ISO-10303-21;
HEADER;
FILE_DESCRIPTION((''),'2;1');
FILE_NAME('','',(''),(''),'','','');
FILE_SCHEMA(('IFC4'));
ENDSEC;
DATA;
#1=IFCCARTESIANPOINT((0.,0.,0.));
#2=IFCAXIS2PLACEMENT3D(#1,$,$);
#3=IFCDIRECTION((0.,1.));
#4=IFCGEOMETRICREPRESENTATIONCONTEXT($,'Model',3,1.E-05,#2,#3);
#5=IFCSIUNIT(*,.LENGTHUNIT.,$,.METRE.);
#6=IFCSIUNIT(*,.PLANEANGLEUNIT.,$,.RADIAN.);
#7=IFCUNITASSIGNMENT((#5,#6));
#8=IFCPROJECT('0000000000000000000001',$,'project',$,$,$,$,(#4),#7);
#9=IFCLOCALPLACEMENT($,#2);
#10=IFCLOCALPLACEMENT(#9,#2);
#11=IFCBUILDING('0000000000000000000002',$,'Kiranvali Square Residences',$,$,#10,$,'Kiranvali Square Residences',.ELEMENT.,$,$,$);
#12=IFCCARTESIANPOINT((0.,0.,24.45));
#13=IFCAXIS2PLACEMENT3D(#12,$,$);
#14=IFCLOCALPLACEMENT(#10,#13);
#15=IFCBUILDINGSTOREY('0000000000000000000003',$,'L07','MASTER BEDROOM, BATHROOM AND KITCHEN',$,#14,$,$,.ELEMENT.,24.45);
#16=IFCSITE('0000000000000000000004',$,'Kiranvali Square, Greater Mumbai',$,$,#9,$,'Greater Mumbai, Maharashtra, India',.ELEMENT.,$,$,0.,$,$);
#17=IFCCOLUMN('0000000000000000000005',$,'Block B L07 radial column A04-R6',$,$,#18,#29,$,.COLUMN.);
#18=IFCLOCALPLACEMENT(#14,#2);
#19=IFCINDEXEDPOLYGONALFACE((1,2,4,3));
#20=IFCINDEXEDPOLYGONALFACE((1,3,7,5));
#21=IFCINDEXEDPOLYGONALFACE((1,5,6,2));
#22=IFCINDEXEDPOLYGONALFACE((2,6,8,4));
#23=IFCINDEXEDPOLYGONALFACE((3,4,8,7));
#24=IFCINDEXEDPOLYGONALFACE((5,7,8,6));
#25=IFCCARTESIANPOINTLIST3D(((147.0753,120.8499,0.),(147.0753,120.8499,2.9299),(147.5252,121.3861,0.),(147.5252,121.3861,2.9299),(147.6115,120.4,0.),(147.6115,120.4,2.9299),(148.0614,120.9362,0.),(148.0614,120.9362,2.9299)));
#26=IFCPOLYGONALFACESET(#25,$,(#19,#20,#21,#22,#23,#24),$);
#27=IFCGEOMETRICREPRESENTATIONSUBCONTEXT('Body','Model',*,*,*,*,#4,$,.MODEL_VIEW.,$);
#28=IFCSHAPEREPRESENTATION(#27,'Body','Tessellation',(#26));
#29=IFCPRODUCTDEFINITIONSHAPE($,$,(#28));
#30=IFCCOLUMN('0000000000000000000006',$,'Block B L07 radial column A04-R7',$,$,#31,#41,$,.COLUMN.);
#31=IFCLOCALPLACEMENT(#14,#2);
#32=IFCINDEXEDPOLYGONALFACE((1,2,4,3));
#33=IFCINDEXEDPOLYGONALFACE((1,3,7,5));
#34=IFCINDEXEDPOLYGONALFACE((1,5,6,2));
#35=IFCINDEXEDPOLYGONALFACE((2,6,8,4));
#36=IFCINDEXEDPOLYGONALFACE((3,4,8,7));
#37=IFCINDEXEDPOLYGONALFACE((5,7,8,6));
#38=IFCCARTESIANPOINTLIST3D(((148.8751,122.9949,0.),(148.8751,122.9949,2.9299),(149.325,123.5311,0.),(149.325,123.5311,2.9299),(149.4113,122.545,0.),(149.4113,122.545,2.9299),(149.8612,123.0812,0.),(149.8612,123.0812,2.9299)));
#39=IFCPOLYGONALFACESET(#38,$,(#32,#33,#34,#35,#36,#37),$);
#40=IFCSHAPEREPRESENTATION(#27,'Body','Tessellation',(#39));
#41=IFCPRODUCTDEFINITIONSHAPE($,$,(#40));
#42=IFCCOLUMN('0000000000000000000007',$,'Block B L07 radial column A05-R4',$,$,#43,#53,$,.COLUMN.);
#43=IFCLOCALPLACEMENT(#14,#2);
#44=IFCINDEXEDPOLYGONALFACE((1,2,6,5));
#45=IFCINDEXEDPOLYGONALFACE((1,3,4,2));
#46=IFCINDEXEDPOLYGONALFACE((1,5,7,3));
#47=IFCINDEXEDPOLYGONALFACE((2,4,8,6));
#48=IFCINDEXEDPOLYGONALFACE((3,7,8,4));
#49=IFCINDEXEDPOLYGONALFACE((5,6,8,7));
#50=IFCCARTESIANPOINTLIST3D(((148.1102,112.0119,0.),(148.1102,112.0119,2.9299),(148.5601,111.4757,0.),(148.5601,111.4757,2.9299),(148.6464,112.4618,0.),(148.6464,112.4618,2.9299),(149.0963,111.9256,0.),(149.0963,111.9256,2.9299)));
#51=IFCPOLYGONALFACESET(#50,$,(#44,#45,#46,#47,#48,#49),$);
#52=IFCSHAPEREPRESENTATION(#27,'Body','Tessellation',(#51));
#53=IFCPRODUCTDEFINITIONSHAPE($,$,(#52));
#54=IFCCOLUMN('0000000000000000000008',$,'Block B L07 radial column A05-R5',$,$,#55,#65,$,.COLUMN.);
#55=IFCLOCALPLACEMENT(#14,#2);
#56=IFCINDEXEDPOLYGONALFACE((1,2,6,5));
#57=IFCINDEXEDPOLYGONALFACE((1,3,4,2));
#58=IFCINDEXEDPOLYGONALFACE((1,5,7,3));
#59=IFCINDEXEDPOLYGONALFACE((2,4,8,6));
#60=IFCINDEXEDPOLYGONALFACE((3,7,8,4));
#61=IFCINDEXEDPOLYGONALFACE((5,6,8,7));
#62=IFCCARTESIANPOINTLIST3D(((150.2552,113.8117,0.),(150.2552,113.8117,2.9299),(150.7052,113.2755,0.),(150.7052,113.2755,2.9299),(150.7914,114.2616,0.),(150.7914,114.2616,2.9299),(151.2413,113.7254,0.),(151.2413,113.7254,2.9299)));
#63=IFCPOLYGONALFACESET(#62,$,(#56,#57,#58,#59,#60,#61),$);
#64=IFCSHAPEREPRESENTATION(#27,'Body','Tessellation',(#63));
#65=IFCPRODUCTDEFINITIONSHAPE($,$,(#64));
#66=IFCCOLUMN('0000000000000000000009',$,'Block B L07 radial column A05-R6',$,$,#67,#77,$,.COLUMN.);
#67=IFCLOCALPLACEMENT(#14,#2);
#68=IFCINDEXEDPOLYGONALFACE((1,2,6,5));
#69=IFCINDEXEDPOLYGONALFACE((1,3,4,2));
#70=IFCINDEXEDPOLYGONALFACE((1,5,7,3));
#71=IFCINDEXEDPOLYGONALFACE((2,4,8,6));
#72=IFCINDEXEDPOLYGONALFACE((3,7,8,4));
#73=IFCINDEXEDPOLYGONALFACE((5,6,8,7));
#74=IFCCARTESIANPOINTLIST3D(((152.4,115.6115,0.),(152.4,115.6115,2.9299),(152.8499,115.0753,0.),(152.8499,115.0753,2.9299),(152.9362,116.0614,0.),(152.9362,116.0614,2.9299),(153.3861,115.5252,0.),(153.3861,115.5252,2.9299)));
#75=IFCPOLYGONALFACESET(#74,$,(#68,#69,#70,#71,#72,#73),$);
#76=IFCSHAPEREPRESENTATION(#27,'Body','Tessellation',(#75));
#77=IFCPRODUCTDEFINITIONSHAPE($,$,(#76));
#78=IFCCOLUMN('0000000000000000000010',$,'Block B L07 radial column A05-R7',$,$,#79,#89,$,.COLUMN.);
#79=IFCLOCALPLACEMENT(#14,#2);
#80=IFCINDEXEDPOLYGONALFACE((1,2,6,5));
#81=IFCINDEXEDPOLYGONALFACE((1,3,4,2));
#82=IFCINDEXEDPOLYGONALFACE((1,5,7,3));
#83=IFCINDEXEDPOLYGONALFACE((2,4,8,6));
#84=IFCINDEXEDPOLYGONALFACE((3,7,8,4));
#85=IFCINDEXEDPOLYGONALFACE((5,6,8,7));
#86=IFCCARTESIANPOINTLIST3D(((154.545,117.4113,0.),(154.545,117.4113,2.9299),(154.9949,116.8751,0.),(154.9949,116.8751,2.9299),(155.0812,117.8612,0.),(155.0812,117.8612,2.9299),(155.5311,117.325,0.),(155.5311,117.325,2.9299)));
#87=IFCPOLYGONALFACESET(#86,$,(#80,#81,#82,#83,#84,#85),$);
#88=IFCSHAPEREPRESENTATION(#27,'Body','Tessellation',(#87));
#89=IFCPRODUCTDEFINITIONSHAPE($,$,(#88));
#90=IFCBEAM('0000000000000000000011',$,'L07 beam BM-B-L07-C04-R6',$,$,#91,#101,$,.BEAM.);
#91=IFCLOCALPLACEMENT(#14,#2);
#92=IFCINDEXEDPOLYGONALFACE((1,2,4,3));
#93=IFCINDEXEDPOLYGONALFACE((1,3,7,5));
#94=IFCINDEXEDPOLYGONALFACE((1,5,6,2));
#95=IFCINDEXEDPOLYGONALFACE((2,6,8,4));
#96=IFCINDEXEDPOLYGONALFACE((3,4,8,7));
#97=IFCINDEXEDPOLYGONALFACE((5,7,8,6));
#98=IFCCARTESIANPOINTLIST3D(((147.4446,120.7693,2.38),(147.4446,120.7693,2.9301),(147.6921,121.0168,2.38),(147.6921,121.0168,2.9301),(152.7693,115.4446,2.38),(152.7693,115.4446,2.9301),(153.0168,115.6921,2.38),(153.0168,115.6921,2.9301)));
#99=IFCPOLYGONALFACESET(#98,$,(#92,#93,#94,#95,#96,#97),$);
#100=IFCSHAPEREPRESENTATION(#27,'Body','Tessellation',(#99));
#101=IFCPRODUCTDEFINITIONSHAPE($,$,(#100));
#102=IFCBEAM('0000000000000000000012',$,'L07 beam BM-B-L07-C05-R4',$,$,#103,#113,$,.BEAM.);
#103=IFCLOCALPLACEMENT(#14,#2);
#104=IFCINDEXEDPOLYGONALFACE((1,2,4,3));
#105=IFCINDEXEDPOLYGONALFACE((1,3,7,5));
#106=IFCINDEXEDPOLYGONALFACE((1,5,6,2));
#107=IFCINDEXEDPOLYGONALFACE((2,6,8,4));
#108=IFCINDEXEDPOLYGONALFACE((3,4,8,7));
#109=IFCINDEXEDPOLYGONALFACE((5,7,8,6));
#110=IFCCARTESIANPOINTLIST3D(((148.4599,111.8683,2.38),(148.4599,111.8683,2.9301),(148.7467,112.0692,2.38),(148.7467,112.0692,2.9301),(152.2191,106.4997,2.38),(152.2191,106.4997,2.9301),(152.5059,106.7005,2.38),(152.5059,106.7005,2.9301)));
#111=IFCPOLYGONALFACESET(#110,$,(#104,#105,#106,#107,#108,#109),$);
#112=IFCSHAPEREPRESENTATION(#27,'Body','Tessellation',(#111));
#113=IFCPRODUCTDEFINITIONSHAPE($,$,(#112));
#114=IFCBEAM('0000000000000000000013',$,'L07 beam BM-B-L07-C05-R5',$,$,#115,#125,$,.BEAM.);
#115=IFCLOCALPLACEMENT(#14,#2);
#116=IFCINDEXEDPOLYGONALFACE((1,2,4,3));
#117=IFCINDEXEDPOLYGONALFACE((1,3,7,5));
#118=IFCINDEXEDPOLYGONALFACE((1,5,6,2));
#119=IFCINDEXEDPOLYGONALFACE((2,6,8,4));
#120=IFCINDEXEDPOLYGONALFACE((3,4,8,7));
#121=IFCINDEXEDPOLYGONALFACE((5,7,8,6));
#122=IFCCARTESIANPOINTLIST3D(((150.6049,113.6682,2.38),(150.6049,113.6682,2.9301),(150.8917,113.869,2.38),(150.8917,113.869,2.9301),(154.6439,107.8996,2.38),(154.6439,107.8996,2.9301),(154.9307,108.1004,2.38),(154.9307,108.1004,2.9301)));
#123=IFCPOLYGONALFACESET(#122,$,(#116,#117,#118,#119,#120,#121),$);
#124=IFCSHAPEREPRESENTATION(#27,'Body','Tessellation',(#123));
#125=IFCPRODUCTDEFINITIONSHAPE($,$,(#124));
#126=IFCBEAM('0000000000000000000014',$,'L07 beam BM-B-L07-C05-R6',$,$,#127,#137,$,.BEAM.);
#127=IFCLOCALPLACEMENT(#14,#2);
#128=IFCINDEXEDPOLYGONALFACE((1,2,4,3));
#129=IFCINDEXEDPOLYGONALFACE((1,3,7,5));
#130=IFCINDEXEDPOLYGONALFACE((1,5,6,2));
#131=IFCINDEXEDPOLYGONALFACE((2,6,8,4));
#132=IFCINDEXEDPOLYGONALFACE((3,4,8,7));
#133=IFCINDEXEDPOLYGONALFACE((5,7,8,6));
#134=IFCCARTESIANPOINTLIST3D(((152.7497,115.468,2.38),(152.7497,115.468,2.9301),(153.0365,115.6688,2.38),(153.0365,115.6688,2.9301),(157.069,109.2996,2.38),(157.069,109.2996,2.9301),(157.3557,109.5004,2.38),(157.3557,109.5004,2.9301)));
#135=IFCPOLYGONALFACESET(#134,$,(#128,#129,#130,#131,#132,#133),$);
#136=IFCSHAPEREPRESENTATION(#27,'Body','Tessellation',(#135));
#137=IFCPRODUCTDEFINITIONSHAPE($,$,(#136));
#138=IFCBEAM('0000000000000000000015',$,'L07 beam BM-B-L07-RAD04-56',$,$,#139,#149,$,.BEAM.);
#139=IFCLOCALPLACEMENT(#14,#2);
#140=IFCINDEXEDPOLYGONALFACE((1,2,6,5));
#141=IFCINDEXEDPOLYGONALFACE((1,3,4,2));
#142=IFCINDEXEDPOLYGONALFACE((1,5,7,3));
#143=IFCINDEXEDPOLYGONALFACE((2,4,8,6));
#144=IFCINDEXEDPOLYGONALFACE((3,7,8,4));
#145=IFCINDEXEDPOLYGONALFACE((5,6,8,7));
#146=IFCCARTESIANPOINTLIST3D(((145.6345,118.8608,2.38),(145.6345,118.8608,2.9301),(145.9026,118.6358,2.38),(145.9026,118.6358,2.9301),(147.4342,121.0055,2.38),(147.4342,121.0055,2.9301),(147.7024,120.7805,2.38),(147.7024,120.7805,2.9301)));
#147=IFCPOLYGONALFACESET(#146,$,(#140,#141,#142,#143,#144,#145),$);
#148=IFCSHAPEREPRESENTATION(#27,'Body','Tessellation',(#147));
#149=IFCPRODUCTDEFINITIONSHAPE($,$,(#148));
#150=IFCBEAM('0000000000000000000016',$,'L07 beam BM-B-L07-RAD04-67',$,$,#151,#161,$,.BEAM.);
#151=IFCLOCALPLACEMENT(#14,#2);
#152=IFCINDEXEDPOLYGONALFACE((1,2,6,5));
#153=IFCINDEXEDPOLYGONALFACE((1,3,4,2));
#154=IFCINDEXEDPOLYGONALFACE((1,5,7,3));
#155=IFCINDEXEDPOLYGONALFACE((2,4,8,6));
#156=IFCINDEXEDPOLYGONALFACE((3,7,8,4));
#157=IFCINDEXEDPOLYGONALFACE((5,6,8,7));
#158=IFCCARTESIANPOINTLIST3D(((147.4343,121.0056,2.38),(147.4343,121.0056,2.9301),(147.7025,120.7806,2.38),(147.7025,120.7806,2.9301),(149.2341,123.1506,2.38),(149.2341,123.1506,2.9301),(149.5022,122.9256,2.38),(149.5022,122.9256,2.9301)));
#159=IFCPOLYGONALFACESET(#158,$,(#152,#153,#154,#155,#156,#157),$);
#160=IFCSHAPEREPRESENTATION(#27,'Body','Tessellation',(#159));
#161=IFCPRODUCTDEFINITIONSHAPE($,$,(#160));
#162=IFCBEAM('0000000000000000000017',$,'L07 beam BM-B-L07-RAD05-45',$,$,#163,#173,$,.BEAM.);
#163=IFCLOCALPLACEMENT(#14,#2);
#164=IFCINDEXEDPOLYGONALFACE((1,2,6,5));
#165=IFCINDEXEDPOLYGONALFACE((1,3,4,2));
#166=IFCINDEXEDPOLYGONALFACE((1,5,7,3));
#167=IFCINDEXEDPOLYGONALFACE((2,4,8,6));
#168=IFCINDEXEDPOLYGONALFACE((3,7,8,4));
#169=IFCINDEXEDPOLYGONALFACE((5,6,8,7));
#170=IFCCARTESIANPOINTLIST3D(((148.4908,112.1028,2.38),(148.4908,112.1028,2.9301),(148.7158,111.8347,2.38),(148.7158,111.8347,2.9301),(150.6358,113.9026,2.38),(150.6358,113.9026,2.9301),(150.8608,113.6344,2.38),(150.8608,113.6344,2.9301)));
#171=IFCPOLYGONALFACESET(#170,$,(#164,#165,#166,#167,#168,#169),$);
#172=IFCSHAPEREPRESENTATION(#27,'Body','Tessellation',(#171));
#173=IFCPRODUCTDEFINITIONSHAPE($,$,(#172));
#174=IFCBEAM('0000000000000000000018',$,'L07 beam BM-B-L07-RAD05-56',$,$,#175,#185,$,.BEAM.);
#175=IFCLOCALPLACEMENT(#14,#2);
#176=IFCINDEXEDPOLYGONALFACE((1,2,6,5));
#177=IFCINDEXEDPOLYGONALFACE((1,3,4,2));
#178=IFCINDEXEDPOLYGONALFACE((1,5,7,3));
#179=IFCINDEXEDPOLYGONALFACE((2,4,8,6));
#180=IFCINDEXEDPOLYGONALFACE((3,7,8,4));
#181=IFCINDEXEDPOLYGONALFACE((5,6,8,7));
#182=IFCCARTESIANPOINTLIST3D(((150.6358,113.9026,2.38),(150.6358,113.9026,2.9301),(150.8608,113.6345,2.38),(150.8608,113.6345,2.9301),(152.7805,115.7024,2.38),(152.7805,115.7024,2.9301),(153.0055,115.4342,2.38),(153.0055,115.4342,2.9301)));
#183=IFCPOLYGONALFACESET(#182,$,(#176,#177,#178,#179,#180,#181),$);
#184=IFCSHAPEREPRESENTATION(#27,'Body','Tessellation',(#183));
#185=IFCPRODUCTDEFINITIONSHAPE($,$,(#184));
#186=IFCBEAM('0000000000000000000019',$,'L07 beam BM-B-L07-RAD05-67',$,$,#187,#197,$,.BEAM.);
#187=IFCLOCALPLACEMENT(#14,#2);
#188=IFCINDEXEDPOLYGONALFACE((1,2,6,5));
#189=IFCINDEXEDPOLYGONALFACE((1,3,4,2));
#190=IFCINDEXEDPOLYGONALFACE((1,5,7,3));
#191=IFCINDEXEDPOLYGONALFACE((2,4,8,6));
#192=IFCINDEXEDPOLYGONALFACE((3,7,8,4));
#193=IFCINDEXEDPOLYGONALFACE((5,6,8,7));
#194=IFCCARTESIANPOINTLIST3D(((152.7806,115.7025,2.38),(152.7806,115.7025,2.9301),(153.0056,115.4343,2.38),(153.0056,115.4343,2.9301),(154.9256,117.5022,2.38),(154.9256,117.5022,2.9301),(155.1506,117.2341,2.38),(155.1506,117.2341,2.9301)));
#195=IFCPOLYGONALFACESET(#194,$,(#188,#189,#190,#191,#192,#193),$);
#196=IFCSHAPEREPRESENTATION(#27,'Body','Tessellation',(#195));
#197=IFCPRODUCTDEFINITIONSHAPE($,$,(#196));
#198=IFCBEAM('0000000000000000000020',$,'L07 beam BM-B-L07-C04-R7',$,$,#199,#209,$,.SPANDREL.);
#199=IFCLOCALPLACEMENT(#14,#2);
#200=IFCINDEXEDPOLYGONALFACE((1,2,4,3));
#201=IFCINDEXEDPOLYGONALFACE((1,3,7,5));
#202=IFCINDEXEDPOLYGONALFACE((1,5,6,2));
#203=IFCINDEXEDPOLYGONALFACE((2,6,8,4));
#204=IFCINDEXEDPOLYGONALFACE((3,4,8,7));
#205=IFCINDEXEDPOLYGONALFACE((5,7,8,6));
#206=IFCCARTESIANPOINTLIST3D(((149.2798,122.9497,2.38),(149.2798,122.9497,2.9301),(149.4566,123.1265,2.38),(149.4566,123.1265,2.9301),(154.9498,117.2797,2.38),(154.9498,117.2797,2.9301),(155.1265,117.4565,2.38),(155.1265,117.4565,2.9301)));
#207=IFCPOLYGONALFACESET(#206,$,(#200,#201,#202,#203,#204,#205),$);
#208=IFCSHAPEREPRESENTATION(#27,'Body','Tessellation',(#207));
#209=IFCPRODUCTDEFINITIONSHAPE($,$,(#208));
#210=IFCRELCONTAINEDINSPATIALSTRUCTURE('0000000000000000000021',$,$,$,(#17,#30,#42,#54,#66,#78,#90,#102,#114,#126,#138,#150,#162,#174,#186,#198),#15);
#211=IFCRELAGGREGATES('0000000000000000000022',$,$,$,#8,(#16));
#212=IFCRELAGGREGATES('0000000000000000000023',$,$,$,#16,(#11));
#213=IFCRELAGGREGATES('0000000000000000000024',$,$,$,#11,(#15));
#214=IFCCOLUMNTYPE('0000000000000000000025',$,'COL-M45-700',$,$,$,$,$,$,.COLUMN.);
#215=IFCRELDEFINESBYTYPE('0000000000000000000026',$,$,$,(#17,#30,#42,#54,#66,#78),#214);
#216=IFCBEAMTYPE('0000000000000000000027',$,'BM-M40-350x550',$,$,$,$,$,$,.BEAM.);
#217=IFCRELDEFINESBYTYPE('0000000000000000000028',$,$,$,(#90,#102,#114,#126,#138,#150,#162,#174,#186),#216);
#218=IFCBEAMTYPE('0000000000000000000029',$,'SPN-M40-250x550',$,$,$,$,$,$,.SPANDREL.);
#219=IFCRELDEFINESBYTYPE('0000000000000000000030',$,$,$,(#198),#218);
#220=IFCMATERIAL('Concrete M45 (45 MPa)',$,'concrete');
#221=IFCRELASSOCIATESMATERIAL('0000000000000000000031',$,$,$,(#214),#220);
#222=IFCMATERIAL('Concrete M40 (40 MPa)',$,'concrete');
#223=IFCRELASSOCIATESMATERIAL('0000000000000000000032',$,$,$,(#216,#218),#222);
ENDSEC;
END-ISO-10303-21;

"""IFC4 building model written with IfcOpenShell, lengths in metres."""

from ifc_helpers import new_model, si_unit, direction, frame, origin, origin_2d, place, context, subcontext, project, spatial, rectangle, extrude, material, material_profile, profile_set, type_object, element, save


model = new_model("IFC4")

# Units and contexts
model_context = context("Model", 3, precision=1e-05, world=origin(), true_north=direction((0.0, 1.0)))
body_context = subcontext(model_context, "Body", "Model", "MODEL_VIEW")
ifc_project = project(units=[si_unit("LENGTHUNIT", "METRE"), si_unit("PLANEANGLEUNIT", "RADIAN")], contexts=[model_context])

# Site, building, storey
site_placement = place(None, origin())
site = spatial("IfcSite", under=ifc_project, at=site_placement, Name="Kiranvali Square, Greater Mumbai", LongName="Greater Mumbai, Maharashtra, India", CompositionType="ELEMENT", RefElevation=0.0)
building_placement = place(site_placement, origin())
building = spatial("IfcBuilding", under=site, at=building_placement, Name="Kiranvali Square Residences", LongName="Kiranvali Square Residences", CompositionType="ELEMENT")
storey_placement = place(building_placement, frame((0.0, 0.0, 24.45)))
storey = spatial("IfcBuildingStorey", under=building, at=storey_placement, Name="L07", Description="MASTER BEDROOM, BATHROOM AND KITCHEN", CompositionType="ELEMENT", Elevation=24.45)

# Columns
ifc_material_1 = material(Name="Concrete M45 (45 MPa)", Category="concrete")
ifc_material_profile_1 = material_profile(ifc_material_1, rectangle(XDim=0.7, YDim=0.7, at=origin_2d()), Name="RC 700x700")
ifc_profile_set_1 = profile_set([ifc_material_profile_1], Name="Concrete M45 (45 MPa)")
column_type = type_object("IfcColumnType", Name="COL-M45-700", PredefinedType="COLUMN", material=ifc_profile_set_1)
for number, where, z_axis, x_axis, name in (
    (1, (147.5684, 120.8931, 0.0), (0.0, 0.0, 1.0), (-0.766044, 0.642788, 0.0), "Block B L07 radial column A04-R6"),
    (2, (149.3682, 123.0381, 0.0), (0.0, 0.0, 1.0), (-0.766044, 0.642788, 0.0), "Block B L07 radial column A04-R7"),
    (3, (148.6033, 111.9688, 0.0), (0.0, 0.0, 1.0), (-0.642788, 0.766044, 0.0), "Block B L07 radial column A05-R4"),
    (4, (150.7483, 113.7686, 0.0), (0.0, 0.0, 1.0), (-0.642788, 0.766044, 0.0), "Block B L07 radial column A05-R5"),
    (5, (152.8931, 115.5684, 0.0), (0.0, 0.0, 1.0), (-0.642788, 0.766044, 0.0), "Block B L07 radial column A05-R6"),
    (6, (155.0381, 117.3682, 0.0), (0.0, 0.0, 1.0), (-0.642788, 0.766044, 0.0), "Block B L07 radial column A05-R7"),
):
    element("IfcColumn", number, at=place(storey_placement, frame(where, z_axis=z_axis, x_axis=x_axis)), inside=storey, type_object=column_type, Name=name, PredefinedType="COLUMN", context=body_context, shape_type="SweptSolid", body=[
        extrude(rectangle(XDim=0.7, YDim=0.7, at=origin_2d()), origin(), (0.0, 0.0, 1.0), 2.9299),
    ])

# Beams
ifc_material_2 = material(Name="Concrete M40 (40 MPa)", Category="concrete")
ifc_material_profile_2 = material_profile(ifc_material_2, rectangle(XDim=0.3501, YDim=0.55, at=origin_2d()), Name="RC 350x550")
ifc_profile_set_2 = profile_set([ifc_material_profile_2], Name="Concrete M40 (40 MPa)")
beam_type_1 = type_object("IfcBeamType", Name="BM-M40-350x550", PredefinedType="BEAM", material=ifc_profile_set_2)
beam_1_placement = place(storey_placement, frame((147.5684, 120.8931, 2.655), z_axis=(0.707107, -0.707107, 0.0), x_axis=(0.707107, 0.707107, 0.0)))
element("IfcBeam", 7, at=beam_1_placement, inside=storey, type_object=beam_type_1, Name="L07 beam BM-B-L07-C04-R6", PredefinedType="BEAM", context=body_context, shape_type="SweptSolid", body=[
    extrude(rectangle(XDim=0.3501, YDim=0.55, at=origin_2d()), origin(), (0.0, 0.0, 1.0), 7.5303),
])
beam_2_placement = place(storey_placement, frame((148.6033, 111.9688, 2.655), z_axis=(0.573587, -0.819144, 0.0), x_axis=(0.819144, 0.573587, 0.0)))
element("IfcBeam", 8, at=beam_2_placement, inside=storey, type_object=beam_type_1, Name="L07 beam BM-B-L07-C05-R4", PredefinedType="BEAM", context=body_context, shape_type="SweptSolid", body=[
    extrude(rectangle(XDim=0.3501, YDim=0.55, at=origin_2d()), origin(), (0.0, 0.0, 1.0), 6.554),
])
beam_3_placement = place(storey_placement, frame((150.7483, 113.7686, 2.655), z_axis=(0.573565, -0.81916, 0.0), x_axis=(0.81916, 0.573565, 0.0)))
element("IfcBeam", 9, at=beam_3_placement, inside=storey, type_object=beam_type_1, Name="L07 beam BM-B-L07-C05-R5", PredefinedType="BEAM", context=body_context, shape_type="SweptSolid", body=[
    extrude(rectangle(XDim=0.3501, YDim=0.55, at=origin_2d()), origin(), (0.0, 0.0, 1.0), 7.042),
])
beam_4_placement = place(storey_placement, frame((152.8931, 115.5684, 2.655), z_axis=(0.573589, -0.819144, 0.0), x_axis=(0.819144, 0.573589, 0.0)))
element("IfcBeam", 10, at=beam_4_placement, inside=storey, type_object=beam_type_1, Name="L07 beam BM-B-L07-C05-R6", PredefinedType="BEAM", context=body_context, shape_type="SweptSolid", body=[
    extrude(rectangle(XDim=0.3501, YDim=0.55, at=origin_2d()), origin(), (0.0, 0.0, 1.0), 7.5303),
])
beam_5_placement = place(storey_placement, frame((145.7686, 118.7483, 2.655), z_axis=(0.642814, 0.766023, 0.0), x_axis=(-0.766023, 0.642814, 0.0)))
element("IfcBeam", 11, at=beam_5_placement, inside=storey, type_object=beam_type_1, Name="L07 beam BM-B-L07-RAD04-56", PredefinedType="BEAM", context=body_context, shape_type="SweptSolid", body=[
    extrude(rectangle(XDim=0.3501, YDim=0.55, at=origin_2d()), origin(), (0.0, 0.0, 1.0), 2.7998),
])
for number, where, z_axis, x_axis, name in (
    (12, (147.5684, 120.8931, 2.655), (0.642771, 0.766059, 0.0), (-0.766059, 0.642771, 0.0), "L07 beam BM-B-L07-RAD04-67"),
    (13, (148.6033, 111.9688, 2.655), (0.766059, 0.642771, 0.0), (-0.642771, 0.766059, 0.0), "L07 beam BM-B-L07-RAD05-45"),
):
    element("IfcBeam", number, at=place(storey_placement, frame(where, z_axis=z_axis, x_axis=x_axis)), inside=storey, type_object=beam_type_1, Name=name, PredefinedType="BEAM", context=body_context, shape_type="SweptSolid", body=[
        extrude(rectangle(XDim=0.3501, YDim=0.55, at=origin_2d()), origin(), (0.0, 0.0, 1.0), 2.8),
    ])
beam_6_placement = place(storey_placement, frame((150.7483, 113.7686, 2.655), z_axis=(0.766023, 0.642814, 0.0), x_axis=(-0.642814, 0.766023, 0.0)))
element("IfcBeam", 14, at=beam_6_placement, inside=storey, type_object=beam_type_1, Name="L07 beam BM-B-L07-RAD05-56", PredefinedType="BEAM", context=body_context, shape_type="SweptSolid", body=[
    extrude(rectangle(XDim=0.3501, YDim=0.55, at=origin_2d()), origin(), (0.0, 0.0, 1.0), 2.7998),
])
beam_7_placement = place(storey_placement, frame((152.8931, 115.5684, 2.655), z_axis=(0.766059, 0.642771, 0.0), x_axis=(-0.642771, 0.766059, 0.0)))
element("IfcBeam", 15, at=beam_7_placement, inside=storey, type_object=beam_type_1, Name="L07 beam BM-B-L07-RAD05-67", PredefinedType="BEAM", context=body_context, shape_type="SweptSolid", body=[
    extrude(rectangle(XDim=0.3501, YDim=0.55, at=origin_2d()), origin(), (0.0, 0.0, 1.0), 2.8),
])
ifc_material_profile_3 = material_profile(ifc_material_2, rectangle(XDim=0.25, YDim=0.55, at=origin_2d()), Name="RC 250x550")
ifc_profile_set_3 = profile_set([ifc_material_profile_3], Name="Concrete M40 (40 MPa)")
beam_type_2 = type_object("IfcBeamType", Name="SPN-M40-250x550", PredefinedType="SPANDREL", material=ifc_profile_set_3)
beam_8_placement = place(storey_placement, frame((149.3682, 123.0381, 2.655), z_axis=(0.707107, -0.707107, 0.0), x_axis=(0.707107, 0.707107, 0.0)))
element("IfcBeam", 16, at=beam_8_placement, inside=storey, type_object=beam_type_2, Name="L07 beam BM-B-L07-C04-R7", PredefinedType="SPANDREL", context=body_context, shape_type="SweptSolid", body=[
    extrude(rectangle(XDim=0.25, YDim=0.55, at=origin_2d()), origin(), (0.0, 0.0, 1.0), 8.0186),
])

save(model, "model.ifc")
